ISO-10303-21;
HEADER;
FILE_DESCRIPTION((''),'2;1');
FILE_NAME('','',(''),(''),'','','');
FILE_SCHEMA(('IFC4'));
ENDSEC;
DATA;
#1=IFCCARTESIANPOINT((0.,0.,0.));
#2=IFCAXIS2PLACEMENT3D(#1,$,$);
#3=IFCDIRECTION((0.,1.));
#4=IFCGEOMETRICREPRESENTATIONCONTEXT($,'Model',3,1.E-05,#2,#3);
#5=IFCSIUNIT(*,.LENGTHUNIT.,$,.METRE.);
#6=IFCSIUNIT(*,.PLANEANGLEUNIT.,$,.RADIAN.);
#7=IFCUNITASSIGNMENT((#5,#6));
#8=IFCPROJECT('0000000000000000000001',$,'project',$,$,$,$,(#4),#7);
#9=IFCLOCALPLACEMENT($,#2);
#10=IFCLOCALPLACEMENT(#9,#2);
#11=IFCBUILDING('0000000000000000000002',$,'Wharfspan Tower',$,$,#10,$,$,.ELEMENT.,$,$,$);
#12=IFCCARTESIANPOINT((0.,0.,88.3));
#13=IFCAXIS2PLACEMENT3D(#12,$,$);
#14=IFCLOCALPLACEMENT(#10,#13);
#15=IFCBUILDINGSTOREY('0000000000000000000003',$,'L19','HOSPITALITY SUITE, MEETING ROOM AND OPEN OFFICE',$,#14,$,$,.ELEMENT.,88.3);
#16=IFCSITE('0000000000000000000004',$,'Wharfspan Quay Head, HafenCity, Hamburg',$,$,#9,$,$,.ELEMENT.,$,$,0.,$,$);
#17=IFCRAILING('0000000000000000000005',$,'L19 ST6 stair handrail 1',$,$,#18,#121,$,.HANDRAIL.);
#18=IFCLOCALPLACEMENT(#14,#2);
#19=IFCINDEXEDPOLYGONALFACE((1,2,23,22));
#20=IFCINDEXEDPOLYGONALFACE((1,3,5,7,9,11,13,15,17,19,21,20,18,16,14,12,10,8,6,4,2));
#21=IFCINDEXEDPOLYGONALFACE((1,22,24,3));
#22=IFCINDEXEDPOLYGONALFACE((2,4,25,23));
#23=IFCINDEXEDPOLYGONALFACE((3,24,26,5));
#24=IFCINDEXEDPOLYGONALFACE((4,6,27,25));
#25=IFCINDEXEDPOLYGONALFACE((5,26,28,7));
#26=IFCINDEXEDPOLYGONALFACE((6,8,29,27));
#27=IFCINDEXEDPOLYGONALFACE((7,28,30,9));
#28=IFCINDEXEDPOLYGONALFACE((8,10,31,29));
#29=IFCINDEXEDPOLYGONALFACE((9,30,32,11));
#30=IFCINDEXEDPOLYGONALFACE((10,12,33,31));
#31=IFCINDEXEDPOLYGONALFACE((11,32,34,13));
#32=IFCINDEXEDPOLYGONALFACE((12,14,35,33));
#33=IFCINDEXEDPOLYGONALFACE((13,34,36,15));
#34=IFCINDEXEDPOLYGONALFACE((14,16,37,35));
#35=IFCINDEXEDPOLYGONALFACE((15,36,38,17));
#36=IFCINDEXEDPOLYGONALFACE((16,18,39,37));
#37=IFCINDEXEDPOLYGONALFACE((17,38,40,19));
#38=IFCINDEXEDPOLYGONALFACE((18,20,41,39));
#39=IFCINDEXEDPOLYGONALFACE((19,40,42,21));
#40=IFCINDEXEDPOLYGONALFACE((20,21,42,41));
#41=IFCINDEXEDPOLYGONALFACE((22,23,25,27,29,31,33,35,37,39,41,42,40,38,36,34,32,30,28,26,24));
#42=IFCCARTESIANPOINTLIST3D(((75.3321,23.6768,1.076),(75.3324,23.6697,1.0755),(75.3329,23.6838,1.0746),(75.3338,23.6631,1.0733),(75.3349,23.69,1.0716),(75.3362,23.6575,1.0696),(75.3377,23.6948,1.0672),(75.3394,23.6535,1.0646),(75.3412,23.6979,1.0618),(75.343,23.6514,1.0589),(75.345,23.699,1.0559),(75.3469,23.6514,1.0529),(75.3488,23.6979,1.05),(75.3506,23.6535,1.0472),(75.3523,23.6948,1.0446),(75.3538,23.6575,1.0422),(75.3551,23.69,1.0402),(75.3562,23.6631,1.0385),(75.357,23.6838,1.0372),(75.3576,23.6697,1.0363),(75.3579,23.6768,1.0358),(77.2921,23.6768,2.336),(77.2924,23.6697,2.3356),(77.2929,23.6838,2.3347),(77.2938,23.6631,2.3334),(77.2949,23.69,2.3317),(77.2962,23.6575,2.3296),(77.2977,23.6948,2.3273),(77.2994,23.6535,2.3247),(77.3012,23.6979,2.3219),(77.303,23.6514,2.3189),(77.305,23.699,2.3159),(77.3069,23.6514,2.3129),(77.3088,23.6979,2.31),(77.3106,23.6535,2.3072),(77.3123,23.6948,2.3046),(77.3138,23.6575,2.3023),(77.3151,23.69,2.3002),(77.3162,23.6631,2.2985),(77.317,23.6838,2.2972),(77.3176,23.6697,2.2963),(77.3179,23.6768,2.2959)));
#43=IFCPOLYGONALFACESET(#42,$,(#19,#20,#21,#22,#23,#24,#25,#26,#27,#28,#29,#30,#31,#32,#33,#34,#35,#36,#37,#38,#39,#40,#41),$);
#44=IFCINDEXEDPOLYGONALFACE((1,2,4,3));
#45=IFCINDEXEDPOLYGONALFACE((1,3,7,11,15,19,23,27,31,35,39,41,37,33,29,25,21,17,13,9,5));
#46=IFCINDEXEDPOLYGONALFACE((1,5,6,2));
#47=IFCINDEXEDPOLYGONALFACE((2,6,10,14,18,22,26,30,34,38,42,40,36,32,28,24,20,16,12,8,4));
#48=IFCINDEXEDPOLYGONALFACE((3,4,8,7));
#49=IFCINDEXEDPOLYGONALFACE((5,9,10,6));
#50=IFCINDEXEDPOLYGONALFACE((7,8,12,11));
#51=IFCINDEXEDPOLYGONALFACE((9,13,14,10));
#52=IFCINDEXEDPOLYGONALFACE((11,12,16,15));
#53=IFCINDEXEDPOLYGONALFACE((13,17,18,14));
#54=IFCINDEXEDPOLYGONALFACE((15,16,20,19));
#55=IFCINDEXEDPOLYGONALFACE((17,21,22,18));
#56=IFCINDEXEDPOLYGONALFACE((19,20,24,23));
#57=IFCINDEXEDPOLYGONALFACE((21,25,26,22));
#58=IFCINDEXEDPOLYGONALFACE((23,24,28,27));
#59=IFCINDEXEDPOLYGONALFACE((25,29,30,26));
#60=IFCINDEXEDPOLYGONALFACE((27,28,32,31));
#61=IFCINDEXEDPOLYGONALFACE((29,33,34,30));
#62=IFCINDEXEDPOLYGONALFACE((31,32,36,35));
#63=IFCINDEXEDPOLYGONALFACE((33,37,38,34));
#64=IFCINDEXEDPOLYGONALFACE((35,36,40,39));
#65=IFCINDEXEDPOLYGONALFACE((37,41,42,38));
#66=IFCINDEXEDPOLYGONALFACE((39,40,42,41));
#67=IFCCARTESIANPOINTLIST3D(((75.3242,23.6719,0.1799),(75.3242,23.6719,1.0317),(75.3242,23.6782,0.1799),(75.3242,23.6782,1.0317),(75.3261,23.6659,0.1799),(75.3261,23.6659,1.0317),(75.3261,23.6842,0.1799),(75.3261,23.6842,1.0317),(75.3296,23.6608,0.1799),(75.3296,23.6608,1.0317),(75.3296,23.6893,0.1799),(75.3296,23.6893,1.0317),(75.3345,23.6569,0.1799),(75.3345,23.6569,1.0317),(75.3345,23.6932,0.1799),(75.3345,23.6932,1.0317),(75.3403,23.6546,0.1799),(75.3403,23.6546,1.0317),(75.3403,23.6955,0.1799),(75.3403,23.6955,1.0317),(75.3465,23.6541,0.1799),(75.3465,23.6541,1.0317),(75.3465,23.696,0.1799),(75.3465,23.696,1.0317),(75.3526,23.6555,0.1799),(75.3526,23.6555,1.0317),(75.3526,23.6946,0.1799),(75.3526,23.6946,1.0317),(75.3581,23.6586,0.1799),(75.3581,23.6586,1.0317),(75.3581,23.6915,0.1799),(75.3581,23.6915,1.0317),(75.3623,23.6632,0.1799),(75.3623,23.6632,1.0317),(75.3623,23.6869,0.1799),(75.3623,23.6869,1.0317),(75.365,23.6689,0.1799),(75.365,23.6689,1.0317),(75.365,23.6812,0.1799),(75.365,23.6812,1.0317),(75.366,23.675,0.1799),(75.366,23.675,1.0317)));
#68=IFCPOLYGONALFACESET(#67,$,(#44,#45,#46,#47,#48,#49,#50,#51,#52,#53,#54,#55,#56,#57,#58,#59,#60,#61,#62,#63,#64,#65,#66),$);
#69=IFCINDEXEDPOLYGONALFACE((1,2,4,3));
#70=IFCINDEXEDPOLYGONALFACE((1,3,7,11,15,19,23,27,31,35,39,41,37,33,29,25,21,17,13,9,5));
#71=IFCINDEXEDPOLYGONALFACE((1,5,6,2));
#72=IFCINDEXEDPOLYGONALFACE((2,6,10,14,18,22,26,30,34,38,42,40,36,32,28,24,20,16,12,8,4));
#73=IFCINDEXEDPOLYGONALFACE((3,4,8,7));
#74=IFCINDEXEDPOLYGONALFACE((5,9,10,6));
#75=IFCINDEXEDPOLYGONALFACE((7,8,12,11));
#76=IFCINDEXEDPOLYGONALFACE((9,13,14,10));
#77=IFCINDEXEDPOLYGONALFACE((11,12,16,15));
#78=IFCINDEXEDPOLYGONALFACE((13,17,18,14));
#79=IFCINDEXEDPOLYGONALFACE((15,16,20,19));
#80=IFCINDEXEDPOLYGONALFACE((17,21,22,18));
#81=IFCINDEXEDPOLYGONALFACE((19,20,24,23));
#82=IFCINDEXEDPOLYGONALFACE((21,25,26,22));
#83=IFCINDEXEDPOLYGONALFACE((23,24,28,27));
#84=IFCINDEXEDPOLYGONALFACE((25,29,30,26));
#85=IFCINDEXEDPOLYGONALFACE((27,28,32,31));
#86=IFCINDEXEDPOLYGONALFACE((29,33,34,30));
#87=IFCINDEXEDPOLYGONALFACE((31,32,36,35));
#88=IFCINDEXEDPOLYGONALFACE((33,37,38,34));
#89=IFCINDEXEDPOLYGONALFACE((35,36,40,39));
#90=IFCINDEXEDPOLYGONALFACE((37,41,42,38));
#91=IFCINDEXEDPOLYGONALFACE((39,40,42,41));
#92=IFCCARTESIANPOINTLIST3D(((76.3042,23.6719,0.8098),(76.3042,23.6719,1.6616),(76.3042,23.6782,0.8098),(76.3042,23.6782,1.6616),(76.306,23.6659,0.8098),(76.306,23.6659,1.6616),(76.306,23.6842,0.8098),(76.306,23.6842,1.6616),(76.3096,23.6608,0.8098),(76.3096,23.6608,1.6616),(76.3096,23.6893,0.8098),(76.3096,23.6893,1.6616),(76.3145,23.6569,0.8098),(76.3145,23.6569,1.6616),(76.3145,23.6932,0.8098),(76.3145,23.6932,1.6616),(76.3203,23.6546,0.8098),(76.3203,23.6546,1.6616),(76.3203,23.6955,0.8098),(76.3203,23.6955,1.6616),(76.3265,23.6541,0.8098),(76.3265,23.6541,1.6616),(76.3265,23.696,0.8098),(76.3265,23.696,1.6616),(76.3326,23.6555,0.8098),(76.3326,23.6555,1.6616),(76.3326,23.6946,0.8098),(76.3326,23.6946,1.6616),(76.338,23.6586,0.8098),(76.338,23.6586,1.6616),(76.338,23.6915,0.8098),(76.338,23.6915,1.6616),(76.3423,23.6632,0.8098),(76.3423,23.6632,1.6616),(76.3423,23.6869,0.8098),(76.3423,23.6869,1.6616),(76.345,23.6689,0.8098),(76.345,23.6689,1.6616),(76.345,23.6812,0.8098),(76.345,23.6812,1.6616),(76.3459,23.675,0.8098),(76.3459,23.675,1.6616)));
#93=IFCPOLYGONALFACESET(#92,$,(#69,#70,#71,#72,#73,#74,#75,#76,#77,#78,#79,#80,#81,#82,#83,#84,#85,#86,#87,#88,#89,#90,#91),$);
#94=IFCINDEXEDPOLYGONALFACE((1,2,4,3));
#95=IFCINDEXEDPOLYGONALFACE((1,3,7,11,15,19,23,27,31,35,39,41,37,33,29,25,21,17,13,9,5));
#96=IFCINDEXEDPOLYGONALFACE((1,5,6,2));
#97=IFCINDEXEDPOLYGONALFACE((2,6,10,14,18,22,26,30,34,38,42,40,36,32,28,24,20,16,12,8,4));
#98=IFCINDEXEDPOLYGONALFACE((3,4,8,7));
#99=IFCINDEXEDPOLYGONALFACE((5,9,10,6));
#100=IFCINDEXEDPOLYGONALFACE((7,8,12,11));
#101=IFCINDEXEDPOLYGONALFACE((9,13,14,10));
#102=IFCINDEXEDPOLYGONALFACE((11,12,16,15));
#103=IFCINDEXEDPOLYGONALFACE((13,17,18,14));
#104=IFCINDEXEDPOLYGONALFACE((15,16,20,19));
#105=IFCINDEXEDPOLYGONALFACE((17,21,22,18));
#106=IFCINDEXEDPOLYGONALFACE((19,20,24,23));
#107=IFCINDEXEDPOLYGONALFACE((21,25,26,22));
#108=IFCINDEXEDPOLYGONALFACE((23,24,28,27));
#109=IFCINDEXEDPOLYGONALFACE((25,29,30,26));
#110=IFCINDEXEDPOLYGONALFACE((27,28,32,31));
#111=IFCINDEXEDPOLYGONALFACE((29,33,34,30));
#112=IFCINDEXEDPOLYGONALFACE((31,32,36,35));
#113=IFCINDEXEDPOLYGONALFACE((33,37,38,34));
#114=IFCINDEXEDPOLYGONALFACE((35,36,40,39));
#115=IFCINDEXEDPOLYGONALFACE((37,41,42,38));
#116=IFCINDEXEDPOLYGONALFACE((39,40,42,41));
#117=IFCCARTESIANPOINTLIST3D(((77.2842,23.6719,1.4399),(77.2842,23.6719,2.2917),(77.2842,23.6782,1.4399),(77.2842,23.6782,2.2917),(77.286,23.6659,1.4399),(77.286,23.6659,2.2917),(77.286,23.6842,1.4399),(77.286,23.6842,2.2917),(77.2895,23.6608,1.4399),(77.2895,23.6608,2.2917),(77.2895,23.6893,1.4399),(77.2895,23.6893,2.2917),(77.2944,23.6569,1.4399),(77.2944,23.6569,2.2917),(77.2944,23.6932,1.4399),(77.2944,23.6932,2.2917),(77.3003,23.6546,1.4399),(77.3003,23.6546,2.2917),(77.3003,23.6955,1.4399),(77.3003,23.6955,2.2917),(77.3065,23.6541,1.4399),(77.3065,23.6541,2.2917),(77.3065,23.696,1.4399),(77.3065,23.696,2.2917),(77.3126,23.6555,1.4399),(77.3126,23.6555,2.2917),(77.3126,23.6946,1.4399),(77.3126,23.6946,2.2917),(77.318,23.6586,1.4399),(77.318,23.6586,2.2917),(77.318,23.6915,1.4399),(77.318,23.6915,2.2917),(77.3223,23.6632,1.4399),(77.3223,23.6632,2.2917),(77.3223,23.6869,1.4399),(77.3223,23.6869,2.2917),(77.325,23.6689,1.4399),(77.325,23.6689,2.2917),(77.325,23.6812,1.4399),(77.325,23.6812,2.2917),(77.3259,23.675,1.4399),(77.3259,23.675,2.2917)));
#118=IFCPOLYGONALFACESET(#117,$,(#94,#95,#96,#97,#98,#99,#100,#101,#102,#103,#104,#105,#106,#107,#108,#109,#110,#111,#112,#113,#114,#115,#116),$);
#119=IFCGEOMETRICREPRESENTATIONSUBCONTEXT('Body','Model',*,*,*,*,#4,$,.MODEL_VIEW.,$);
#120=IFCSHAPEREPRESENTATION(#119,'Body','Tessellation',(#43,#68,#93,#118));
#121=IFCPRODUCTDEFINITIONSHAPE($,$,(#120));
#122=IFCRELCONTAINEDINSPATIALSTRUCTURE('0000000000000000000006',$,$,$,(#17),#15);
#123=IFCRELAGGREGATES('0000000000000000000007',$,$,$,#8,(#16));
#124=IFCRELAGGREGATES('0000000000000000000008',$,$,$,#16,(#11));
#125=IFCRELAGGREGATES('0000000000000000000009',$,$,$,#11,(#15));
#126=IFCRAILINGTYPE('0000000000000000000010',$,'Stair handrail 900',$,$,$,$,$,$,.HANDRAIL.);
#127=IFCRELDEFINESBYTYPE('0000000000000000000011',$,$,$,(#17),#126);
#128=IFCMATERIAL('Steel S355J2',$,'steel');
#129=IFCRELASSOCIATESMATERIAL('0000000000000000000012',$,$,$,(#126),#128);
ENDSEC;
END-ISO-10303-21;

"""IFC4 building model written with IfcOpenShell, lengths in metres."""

from ifc_helpers import new_model, si_unit, direction, frame, origin, origin_2d, place, context, subcontext, project, spatial, circle, extrude, material, type_object, element, save


model = new_model("IFC4")

# Units and contexts
model_context = context("Model", 3, precision=1e-05, world=origin(), true_north=direction((0.0, 1.0)))
body_context = subcontext(model_context, "Body", "Model", "MODEL_VIEW")
ifc_project = project(units=[si_unit("LENGTHUNIT", "METRE"), si_unit("PLANEANGLEUNIT", "RADIAN")], contexts=[model_context])

# Site, building, storey
site_placement = place(None, origin())
site = spatial("IfcSite", under=ifc_project, at=site_placement, Name="Wharfspan Quay Head, HafenCity, Hamburg", CompositionType="ELEMENT", RefElevation=0.0)
building_placement = place(site_placement, origin())
building = spatial("IfcBuilding", under=site, at=building_placement, Name="Wharfspan Tower", CompositionType="ELEMENT")
storey_placement = place(building_placement, frame((0.0, 0.0, 88.3)))
storey = spatial("IfcBuildingStorey", under=building, at=storey_placement, Name="L19", Description="HOSPITALITY SUITE, MEETING ROOM AND OPEN OFFICE", CompositionType="ELEMENT", Elevation=88.3)

# Shared definitions
ifc_material_1 = material(Name="Steel S355J2", Category="steel")

# Railing
railing_type_1 = type_object("IfcRailingType", Name="Stair handrail 900", PredefinedType="HANDRAIL", material=ifc_material_1)
railing_1_placement = place(storey_placement, frame((75.345, 23.675, 0.1799)))
element("IfcRailing", 1, at=railing_1_placement, inside=storey, type_object=railing_type_1, Name="L19 ST6 stair handrail 1", PredefinedType="HANDRAIL", context=body_context, shape_type="SweptSolid", body=[
    extrude(circle(Radius=0.0239, at=origin_2d()), frame((0.0, 0.0, 0.876), z_axis=(0.841172, 0.0, 0.540768), x_axis=(0.0, 1.0, 0.0)), (0.0, 0.0, 1.0), 2.3301),
    extrude(circle(Radius=0.021, at=origin_2d()), origin(), (0.0, 0.0, 1.0), 0.8518),
    extrude(circle(Radius=0.021, at=origin_2d()), frame((0.98, 0.0, 0.6299)), (0.0, 0.0, 1.0), 0.8518),
    extrude(circle(Radius=0.021, at=origin_2d()), frame((1.96, 0.0, 1.26)), (0.0, 0.0, 1.0), 0.8518),
])

save(model, "model.ifc")
